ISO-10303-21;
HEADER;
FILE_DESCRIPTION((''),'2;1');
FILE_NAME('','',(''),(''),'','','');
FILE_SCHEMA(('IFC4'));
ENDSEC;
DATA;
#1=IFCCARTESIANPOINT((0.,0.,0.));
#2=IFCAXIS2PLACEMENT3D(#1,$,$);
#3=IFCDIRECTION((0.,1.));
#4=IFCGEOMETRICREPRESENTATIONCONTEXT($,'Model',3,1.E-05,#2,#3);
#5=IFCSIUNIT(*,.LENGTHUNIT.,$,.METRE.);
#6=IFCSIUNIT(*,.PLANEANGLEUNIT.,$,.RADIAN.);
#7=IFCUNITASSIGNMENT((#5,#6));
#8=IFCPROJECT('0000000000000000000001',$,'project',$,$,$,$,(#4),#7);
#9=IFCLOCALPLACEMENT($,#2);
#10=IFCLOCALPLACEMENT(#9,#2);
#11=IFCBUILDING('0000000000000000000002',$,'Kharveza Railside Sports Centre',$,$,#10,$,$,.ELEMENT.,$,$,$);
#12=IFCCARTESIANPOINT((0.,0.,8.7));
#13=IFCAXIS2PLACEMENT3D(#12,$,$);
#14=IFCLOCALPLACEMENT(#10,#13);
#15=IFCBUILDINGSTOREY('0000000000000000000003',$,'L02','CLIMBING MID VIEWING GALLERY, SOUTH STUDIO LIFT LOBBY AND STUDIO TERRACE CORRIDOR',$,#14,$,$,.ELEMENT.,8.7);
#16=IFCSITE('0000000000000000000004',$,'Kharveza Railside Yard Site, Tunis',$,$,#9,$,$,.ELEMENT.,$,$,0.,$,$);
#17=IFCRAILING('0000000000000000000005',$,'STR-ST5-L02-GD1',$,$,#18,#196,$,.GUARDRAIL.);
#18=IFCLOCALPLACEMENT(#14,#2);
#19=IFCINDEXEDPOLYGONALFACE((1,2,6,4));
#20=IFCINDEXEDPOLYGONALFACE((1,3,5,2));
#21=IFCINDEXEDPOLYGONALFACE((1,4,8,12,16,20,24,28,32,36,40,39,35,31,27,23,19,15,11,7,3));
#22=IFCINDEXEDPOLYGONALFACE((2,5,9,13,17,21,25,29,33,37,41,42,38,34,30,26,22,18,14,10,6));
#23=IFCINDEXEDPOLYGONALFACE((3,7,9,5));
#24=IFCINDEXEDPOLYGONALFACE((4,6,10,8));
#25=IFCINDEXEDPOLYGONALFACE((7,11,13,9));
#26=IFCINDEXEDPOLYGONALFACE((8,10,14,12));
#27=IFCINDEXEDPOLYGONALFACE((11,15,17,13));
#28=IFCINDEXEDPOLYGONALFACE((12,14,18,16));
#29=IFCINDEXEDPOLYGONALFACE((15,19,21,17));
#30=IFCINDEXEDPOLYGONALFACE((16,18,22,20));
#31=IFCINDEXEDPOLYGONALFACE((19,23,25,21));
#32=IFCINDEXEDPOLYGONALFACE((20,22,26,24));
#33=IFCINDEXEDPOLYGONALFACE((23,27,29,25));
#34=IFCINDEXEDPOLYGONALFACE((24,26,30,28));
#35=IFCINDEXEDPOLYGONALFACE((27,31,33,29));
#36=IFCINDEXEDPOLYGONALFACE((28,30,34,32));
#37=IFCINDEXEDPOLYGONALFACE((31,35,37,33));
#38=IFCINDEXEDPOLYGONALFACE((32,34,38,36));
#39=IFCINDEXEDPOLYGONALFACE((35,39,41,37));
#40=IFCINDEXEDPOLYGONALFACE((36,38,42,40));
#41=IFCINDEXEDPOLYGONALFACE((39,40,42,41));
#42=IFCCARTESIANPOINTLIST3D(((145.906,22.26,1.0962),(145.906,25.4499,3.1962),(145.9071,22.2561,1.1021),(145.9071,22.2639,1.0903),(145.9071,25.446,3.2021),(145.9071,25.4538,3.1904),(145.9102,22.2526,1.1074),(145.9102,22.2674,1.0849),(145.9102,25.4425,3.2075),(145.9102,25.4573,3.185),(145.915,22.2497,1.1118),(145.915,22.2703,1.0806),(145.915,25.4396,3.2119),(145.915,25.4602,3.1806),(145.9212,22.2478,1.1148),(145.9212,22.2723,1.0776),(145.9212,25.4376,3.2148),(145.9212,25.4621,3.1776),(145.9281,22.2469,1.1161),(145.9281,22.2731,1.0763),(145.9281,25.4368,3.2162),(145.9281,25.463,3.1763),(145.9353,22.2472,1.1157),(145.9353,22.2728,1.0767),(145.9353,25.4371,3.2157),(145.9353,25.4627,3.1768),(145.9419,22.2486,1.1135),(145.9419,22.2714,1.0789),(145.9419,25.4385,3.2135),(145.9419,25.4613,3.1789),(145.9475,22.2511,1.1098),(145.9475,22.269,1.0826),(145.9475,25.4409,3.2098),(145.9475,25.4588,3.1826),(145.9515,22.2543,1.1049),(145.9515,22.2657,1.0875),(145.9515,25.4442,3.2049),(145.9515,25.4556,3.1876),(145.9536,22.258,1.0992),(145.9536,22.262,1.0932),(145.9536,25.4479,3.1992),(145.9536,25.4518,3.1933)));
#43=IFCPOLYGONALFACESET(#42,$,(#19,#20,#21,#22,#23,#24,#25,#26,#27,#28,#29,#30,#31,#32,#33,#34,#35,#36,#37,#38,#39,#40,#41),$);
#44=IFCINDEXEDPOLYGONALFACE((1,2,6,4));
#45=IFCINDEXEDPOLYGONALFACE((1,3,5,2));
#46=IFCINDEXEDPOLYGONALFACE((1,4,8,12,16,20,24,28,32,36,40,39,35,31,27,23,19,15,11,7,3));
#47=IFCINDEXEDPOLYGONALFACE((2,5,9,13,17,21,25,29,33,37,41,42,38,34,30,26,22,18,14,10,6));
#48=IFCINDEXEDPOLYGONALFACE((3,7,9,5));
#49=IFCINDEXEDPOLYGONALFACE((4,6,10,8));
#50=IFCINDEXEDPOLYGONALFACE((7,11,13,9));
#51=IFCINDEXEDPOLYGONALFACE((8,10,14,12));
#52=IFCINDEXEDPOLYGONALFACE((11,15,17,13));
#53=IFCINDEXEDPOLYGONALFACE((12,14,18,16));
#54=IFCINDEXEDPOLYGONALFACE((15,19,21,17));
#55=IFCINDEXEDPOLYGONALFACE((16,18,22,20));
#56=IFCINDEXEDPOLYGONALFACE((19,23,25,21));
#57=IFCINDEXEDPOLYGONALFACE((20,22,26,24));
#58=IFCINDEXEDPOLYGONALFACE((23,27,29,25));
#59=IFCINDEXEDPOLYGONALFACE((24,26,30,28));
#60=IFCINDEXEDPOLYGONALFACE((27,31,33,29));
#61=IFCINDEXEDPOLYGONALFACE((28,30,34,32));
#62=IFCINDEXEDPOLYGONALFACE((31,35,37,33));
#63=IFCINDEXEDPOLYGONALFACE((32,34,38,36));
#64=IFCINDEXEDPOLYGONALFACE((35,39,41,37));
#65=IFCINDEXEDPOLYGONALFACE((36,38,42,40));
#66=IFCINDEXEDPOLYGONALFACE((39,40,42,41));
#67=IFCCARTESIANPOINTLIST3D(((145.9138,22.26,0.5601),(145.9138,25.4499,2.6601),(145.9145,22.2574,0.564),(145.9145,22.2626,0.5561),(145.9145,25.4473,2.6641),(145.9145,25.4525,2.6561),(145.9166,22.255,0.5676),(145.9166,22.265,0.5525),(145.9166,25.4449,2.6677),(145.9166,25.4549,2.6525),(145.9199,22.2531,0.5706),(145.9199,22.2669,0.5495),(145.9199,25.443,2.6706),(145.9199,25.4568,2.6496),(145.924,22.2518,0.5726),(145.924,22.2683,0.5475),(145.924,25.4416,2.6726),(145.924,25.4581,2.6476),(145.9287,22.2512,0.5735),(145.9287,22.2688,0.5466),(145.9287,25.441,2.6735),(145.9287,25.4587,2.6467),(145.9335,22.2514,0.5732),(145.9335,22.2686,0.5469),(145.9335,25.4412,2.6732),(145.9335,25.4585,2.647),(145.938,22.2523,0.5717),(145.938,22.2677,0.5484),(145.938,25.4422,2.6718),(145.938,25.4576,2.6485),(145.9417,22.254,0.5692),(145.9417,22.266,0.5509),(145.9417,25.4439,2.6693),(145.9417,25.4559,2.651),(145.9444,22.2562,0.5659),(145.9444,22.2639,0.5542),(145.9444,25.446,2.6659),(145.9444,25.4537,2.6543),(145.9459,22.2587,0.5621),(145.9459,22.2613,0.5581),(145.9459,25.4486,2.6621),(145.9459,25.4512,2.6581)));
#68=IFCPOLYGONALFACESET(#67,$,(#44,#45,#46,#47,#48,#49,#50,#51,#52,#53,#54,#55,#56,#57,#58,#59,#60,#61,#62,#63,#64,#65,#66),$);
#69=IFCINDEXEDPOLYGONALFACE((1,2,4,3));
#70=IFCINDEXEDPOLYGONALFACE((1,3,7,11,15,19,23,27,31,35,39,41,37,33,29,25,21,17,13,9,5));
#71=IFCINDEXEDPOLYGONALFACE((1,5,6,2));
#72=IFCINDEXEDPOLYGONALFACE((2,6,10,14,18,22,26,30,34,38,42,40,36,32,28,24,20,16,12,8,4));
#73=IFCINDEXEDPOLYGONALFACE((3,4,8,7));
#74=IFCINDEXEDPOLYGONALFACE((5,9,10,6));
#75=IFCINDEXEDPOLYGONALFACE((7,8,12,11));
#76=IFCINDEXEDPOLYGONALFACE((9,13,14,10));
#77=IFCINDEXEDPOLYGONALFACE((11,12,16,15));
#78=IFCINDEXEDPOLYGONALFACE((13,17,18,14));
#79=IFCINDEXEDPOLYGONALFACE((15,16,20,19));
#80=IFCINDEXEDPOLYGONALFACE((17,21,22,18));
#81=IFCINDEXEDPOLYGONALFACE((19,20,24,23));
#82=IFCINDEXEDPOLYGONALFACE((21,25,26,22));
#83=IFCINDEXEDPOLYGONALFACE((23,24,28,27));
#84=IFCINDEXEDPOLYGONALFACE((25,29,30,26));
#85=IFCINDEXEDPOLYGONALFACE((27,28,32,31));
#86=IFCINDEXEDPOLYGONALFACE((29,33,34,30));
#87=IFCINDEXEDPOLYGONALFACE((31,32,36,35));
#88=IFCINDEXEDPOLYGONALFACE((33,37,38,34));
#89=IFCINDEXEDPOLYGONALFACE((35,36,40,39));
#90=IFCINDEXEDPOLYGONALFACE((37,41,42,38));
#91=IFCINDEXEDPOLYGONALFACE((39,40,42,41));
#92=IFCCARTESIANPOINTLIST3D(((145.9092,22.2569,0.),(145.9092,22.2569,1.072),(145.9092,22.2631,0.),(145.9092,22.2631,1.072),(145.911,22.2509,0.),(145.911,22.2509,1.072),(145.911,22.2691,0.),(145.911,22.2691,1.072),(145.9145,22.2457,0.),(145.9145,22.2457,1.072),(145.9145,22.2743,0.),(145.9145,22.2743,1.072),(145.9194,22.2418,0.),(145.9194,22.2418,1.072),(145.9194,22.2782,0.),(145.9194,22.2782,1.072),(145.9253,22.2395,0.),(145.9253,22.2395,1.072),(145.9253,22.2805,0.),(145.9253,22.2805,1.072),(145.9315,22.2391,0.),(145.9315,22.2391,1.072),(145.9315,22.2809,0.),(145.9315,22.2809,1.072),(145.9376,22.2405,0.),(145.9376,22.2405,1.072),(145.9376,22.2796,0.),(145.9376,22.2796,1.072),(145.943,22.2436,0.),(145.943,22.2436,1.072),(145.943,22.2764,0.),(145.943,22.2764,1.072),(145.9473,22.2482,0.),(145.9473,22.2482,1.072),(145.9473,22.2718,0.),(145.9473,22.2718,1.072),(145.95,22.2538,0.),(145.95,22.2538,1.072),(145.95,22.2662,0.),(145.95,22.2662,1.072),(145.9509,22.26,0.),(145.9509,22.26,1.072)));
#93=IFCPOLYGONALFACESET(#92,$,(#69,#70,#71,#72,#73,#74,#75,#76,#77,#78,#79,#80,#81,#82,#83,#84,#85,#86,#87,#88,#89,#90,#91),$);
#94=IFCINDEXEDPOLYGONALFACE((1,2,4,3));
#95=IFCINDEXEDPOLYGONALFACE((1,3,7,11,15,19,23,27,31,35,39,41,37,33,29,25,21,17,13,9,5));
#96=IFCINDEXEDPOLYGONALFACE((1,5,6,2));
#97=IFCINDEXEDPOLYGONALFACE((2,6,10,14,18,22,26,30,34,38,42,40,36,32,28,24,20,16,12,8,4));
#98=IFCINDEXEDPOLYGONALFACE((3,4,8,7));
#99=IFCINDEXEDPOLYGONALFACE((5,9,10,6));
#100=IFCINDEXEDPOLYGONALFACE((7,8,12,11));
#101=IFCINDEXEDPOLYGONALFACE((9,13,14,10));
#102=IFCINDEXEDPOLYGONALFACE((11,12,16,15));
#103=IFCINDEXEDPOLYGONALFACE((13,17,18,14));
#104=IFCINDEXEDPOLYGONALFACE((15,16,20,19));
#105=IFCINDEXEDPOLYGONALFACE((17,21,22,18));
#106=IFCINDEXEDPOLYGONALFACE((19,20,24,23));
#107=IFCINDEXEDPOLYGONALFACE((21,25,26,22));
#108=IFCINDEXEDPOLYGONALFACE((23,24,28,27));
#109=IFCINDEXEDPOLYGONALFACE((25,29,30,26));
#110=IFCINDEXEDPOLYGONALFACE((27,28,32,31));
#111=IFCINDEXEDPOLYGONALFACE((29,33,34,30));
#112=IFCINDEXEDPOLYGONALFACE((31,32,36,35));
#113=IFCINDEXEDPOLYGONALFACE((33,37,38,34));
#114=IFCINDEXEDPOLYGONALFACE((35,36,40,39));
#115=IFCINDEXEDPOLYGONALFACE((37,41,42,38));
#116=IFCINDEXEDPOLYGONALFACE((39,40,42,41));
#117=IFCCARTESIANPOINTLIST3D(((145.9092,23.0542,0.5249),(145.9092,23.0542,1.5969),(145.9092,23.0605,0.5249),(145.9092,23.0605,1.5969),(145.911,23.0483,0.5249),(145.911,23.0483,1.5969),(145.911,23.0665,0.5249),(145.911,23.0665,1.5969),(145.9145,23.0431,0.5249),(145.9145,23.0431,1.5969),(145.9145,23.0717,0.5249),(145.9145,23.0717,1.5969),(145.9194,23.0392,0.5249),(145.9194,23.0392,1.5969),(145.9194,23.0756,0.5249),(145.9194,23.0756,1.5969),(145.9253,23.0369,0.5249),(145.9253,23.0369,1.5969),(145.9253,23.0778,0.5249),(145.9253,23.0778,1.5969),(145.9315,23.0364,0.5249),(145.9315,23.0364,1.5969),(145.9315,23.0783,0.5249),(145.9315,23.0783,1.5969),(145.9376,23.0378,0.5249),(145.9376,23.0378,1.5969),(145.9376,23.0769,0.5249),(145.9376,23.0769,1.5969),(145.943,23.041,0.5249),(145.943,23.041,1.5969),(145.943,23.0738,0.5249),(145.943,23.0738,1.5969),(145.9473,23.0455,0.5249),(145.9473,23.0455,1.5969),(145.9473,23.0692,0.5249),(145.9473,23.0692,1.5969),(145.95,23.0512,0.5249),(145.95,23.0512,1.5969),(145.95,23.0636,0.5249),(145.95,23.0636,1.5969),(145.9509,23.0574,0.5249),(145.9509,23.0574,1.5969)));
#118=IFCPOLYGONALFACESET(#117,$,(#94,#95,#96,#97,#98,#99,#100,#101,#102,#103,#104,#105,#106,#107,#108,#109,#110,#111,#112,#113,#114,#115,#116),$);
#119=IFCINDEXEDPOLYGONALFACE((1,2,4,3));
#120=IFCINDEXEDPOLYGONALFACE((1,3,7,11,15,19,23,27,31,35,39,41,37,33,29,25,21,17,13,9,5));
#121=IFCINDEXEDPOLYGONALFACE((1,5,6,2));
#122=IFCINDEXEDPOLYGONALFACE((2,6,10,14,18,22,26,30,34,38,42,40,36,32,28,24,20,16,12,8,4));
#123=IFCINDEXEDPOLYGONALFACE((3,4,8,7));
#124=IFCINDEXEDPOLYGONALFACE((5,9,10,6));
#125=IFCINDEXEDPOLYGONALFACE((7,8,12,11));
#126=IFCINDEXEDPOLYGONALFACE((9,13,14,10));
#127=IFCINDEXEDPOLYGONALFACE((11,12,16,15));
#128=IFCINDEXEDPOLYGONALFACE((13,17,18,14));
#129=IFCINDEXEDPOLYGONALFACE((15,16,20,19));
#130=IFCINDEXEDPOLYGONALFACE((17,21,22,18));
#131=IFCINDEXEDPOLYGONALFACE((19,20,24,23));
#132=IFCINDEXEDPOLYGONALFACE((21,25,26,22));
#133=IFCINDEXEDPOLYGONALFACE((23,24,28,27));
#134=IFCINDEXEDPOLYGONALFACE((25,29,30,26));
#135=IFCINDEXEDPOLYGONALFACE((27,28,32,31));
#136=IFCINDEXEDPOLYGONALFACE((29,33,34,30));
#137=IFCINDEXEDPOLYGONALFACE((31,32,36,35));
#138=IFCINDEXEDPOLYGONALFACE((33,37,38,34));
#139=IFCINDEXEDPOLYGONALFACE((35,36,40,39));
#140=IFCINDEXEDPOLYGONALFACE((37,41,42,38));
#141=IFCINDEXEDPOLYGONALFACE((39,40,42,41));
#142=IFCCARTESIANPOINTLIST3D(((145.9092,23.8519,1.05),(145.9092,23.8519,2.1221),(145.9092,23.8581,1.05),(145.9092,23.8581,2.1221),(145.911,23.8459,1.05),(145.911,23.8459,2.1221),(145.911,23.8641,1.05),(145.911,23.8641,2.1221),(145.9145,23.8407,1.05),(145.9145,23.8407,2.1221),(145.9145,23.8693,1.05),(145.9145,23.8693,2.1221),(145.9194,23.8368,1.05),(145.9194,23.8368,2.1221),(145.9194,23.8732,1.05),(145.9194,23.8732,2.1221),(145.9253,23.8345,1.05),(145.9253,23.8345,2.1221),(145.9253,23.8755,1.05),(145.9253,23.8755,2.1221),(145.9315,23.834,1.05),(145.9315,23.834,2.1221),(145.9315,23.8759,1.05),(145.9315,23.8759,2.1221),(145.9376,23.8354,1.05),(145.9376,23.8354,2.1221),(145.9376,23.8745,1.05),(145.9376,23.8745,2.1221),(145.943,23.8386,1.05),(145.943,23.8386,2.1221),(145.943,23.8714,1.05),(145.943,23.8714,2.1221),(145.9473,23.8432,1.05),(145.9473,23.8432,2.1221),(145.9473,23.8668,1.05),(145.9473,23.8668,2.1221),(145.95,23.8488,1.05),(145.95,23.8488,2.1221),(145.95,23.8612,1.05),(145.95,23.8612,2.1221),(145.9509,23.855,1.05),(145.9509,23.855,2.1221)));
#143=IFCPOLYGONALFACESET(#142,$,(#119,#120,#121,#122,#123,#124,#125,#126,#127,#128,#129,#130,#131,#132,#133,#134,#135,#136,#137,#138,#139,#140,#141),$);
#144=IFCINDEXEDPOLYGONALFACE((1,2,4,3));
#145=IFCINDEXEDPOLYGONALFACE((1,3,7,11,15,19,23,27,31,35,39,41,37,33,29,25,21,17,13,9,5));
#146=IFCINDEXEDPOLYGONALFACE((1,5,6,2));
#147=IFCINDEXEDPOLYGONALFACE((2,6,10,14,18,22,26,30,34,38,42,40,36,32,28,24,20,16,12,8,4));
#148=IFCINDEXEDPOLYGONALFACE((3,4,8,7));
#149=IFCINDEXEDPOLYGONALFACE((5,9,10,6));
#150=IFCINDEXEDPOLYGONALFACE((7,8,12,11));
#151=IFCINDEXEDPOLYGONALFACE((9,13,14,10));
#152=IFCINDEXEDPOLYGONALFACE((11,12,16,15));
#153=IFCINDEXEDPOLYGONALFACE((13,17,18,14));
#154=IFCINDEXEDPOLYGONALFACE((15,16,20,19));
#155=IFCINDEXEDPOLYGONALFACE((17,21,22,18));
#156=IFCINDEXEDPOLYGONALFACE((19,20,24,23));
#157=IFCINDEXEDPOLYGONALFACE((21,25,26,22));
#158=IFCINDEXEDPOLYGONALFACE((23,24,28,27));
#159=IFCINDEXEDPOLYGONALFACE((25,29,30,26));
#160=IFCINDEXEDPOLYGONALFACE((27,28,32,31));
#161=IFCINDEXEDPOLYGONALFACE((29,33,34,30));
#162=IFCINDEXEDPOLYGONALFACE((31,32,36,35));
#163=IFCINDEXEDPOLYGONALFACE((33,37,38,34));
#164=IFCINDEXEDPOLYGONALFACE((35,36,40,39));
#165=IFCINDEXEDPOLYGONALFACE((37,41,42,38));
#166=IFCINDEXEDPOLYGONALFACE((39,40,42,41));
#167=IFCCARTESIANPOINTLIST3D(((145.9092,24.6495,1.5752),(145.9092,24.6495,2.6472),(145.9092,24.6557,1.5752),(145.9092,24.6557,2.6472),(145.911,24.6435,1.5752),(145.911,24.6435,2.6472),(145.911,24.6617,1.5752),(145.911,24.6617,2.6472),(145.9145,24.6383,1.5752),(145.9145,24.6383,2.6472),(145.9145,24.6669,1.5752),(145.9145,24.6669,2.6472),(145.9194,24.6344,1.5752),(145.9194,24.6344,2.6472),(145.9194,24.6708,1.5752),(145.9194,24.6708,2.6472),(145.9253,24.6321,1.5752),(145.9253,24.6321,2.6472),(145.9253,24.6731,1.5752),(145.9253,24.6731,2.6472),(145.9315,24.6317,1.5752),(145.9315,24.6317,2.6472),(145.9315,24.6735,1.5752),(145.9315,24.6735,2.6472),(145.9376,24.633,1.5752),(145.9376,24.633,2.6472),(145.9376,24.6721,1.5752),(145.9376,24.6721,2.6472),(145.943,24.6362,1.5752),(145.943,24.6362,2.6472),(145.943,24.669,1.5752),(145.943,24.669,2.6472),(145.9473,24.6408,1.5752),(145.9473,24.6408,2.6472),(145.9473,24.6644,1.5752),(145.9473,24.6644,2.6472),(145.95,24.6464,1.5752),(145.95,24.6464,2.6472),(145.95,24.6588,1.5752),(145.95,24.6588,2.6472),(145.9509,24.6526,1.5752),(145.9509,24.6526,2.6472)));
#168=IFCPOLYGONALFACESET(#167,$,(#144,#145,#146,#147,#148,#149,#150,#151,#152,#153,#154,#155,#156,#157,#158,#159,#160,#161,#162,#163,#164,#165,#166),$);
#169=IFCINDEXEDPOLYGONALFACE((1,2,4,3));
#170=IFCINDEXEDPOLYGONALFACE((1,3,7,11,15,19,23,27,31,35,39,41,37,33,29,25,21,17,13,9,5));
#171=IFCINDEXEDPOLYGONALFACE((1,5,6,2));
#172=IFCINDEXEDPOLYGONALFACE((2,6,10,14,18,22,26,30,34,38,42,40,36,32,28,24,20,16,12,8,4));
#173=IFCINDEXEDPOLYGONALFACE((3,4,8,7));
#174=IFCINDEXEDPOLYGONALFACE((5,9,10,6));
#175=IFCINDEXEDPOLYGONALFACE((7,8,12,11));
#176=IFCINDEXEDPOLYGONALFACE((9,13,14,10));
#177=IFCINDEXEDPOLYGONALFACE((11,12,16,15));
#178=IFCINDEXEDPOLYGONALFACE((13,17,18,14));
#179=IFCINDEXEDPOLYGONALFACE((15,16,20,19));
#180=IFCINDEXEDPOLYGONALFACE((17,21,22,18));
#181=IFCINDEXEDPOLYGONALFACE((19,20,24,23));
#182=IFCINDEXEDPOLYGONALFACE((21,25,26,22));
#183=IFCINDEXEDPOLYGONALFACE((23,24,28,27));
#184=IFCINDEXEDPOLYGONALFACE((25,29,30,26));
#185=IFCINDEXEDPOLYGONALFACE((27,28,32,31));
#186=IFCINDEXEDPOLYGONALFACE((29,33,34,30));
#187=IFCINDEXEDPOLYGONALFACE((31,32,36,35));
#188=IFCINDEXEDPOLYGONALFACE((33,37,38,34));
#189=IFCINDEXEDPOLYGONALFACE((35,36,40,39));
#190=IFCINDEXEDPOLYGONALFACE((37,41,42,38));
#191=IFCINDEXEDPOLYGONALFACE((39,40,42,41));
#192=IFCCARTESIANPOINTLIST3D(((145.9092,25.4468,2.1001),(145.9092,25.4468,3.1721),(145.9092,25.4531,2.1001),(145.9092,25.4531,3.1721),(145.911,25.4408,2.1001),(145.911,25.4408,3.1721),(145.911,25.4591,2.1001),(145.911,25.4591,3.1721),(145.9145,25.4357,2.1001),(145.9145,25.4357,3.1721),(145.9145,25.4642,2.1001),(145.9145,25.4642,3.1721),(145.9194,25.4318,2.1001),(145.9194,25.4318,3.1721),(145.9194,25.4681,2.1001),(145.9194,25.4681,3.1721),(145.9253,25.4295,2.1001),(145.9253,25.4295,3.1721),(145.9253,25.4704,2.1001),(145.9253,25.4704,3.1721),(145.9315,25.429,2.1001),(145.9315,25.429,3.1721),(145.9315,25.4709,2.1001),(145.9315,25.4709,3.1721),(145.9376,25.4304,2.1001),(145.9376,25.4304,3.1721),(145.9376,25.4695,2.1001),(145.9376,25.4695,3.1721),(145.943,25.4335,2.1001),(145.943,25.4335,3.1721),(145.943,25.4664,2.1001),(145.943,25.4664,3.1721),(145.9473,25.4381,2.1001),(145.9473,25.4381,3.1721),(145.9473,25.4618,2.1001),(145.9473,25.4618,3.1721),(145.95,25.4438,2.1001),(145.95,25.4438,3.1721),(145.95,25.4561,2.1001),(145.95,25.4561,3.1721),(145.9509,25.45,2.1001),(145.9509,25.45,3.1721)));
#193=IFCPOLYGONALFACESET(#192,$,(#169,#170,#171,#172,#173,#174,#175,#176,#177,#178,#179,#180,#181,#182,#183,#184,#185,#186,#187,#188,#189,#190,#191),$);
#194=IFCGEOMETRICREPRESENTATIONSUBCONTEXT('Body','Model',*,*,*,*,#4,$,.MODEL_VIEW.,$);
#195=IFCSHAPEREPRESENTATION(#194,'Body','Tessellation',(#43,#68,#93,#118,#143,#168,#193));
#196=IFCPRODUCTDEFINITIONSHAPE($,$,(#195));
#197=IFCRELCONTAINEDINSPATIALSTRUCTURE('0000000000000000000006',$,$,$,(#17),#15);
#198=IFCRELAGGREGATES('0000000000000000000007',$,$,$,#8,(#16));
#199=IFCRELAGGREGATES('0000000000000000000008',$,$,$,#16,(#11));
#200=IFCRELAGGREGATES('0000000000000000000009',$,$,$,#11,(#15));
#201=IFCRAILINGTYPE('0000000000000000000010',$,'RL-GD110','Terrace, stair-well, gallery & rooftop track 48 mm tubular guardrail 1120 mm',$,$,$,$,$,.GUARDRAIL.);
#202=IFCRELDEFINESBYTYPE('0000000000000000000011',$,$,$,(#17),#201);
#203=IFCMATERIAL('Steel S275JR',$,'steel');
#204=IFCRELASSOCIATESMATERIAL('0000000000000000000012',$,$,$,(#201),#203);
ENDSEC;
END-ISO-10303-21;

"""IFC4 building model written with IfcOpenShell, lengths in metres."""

from ifc_helpers import new_model, si_unit, direction, frame, origin, origin_2d, place, context, subcontext, project, spatial, circle, extrude, material, type_object, element, save


model = new_model("IFC4")

# Units and contexts
model_context = context("Model", 3, precision=1e-05, world=origin(), true_north=direction((0.0, 1.0)))
body_context = subcontext(model_context, "Body", "Model", "MODEL_VIEW")
ifc_project = project(units=[si_unit("LENGTHUNIT", "METRE"), si_unit("PLANEANGLEUNIT", "RADIAN")], contexts=[model_context])

# Site, building, storey
site_placement = place(None, origin())
site = spatial("IfcSite", under=ifc_project, at=site_placement, Name="Kharveza Railside Yard Site, Tunis", CompositionType="ELEMENT", RefElevation=0.0)
building_placement = place(site_placement, origin())
building = spatial("IfcBuilding", under=site, at=building_placement, Name="Kharveza Railside Sports Centre", CompositionType="ELEMENT")
storey_placement = place(building_placement, frame((0.0, 0.0, 8.7)))
storey = spatial("IfcBuildingStorey", under=building, at=storey_placement, Name="L02", Description="CLIMBING MID VIEWING GALLERY, SOUTH STUDIO LIFT LOBBY AND STUDIO TERRACE CORRIDOR", CompositionType="ELEMENT", Elevation=8.7)

# Railing
ifc_material_1 = material(Name="Steel S275JR", Category="steel")
railing_type_1 = type_object("IfcRailingType", Name="RL-GD110", Description="Terrace, stair-well, gallery & rooftop track 48 mm tubular guardrail 1120 mm", PredefinedType="GUARDRAIL", material=ifc_material_1)
railing_1_placement = place(storey_placement, frame((145.9299, 22.26, 0.0)))
element("IfcRailing", 1, at=railing_1_placement, inside=storey, type_object=railing_type_1, Name="STR-ST5-L02-GD1", PredefinedType="GUARDRAIL", context=body_context, shape_type="SweptSolid", body=[
    extrude(circle(Radius=0.0239, at=origin_2d()), frame((0.0, 0.0, 1.0962), z_axis=(0.0, 0.835242, 0.549882), x_axis=(-1.0, 0.0, 0.0)), (0.0, 0.0, 1.0), 3.8191),
    extrude(circle(Radius=0.0161, at=origin_2d()), frame((0.0, 0.0, 0.5601), z_axis=(0.0, 0.835242, 0.549882), x_axis=(-1.0, 0.0, 0.0)), (0.0, 0.0, 1.0), 3.8191),
    extrude(circle(Radius=0.021, at=origin_2d()), origin(), (0.0, 0.0, 1.0), 1.072),
    extrude(circle(Radius=0.021, at=origin_2d()), frame((0.0, 0.7974, 0.5249)), (0.0, 0.0, 1.0), 1.072),
    extrude(circle(Radius=0.021, at=origin_2d()), frame((0.0, 1.595, 1.05)), (0.0, 0.0, 1.0), 1.072),
    extrude(circle(Radius=0.021, at=origin_2d()), frame((0.0, 2.3926, 1.5752)), (0.0, 0.0, 1.0), 1.072),
    extrude(circle(Radius=0.021, at=origin_2d()), frame((0.0, 3.1899, 2.1001)), (0.0, 0.0, 1.0), 1.072),
])

save(model, "model.ifc")
